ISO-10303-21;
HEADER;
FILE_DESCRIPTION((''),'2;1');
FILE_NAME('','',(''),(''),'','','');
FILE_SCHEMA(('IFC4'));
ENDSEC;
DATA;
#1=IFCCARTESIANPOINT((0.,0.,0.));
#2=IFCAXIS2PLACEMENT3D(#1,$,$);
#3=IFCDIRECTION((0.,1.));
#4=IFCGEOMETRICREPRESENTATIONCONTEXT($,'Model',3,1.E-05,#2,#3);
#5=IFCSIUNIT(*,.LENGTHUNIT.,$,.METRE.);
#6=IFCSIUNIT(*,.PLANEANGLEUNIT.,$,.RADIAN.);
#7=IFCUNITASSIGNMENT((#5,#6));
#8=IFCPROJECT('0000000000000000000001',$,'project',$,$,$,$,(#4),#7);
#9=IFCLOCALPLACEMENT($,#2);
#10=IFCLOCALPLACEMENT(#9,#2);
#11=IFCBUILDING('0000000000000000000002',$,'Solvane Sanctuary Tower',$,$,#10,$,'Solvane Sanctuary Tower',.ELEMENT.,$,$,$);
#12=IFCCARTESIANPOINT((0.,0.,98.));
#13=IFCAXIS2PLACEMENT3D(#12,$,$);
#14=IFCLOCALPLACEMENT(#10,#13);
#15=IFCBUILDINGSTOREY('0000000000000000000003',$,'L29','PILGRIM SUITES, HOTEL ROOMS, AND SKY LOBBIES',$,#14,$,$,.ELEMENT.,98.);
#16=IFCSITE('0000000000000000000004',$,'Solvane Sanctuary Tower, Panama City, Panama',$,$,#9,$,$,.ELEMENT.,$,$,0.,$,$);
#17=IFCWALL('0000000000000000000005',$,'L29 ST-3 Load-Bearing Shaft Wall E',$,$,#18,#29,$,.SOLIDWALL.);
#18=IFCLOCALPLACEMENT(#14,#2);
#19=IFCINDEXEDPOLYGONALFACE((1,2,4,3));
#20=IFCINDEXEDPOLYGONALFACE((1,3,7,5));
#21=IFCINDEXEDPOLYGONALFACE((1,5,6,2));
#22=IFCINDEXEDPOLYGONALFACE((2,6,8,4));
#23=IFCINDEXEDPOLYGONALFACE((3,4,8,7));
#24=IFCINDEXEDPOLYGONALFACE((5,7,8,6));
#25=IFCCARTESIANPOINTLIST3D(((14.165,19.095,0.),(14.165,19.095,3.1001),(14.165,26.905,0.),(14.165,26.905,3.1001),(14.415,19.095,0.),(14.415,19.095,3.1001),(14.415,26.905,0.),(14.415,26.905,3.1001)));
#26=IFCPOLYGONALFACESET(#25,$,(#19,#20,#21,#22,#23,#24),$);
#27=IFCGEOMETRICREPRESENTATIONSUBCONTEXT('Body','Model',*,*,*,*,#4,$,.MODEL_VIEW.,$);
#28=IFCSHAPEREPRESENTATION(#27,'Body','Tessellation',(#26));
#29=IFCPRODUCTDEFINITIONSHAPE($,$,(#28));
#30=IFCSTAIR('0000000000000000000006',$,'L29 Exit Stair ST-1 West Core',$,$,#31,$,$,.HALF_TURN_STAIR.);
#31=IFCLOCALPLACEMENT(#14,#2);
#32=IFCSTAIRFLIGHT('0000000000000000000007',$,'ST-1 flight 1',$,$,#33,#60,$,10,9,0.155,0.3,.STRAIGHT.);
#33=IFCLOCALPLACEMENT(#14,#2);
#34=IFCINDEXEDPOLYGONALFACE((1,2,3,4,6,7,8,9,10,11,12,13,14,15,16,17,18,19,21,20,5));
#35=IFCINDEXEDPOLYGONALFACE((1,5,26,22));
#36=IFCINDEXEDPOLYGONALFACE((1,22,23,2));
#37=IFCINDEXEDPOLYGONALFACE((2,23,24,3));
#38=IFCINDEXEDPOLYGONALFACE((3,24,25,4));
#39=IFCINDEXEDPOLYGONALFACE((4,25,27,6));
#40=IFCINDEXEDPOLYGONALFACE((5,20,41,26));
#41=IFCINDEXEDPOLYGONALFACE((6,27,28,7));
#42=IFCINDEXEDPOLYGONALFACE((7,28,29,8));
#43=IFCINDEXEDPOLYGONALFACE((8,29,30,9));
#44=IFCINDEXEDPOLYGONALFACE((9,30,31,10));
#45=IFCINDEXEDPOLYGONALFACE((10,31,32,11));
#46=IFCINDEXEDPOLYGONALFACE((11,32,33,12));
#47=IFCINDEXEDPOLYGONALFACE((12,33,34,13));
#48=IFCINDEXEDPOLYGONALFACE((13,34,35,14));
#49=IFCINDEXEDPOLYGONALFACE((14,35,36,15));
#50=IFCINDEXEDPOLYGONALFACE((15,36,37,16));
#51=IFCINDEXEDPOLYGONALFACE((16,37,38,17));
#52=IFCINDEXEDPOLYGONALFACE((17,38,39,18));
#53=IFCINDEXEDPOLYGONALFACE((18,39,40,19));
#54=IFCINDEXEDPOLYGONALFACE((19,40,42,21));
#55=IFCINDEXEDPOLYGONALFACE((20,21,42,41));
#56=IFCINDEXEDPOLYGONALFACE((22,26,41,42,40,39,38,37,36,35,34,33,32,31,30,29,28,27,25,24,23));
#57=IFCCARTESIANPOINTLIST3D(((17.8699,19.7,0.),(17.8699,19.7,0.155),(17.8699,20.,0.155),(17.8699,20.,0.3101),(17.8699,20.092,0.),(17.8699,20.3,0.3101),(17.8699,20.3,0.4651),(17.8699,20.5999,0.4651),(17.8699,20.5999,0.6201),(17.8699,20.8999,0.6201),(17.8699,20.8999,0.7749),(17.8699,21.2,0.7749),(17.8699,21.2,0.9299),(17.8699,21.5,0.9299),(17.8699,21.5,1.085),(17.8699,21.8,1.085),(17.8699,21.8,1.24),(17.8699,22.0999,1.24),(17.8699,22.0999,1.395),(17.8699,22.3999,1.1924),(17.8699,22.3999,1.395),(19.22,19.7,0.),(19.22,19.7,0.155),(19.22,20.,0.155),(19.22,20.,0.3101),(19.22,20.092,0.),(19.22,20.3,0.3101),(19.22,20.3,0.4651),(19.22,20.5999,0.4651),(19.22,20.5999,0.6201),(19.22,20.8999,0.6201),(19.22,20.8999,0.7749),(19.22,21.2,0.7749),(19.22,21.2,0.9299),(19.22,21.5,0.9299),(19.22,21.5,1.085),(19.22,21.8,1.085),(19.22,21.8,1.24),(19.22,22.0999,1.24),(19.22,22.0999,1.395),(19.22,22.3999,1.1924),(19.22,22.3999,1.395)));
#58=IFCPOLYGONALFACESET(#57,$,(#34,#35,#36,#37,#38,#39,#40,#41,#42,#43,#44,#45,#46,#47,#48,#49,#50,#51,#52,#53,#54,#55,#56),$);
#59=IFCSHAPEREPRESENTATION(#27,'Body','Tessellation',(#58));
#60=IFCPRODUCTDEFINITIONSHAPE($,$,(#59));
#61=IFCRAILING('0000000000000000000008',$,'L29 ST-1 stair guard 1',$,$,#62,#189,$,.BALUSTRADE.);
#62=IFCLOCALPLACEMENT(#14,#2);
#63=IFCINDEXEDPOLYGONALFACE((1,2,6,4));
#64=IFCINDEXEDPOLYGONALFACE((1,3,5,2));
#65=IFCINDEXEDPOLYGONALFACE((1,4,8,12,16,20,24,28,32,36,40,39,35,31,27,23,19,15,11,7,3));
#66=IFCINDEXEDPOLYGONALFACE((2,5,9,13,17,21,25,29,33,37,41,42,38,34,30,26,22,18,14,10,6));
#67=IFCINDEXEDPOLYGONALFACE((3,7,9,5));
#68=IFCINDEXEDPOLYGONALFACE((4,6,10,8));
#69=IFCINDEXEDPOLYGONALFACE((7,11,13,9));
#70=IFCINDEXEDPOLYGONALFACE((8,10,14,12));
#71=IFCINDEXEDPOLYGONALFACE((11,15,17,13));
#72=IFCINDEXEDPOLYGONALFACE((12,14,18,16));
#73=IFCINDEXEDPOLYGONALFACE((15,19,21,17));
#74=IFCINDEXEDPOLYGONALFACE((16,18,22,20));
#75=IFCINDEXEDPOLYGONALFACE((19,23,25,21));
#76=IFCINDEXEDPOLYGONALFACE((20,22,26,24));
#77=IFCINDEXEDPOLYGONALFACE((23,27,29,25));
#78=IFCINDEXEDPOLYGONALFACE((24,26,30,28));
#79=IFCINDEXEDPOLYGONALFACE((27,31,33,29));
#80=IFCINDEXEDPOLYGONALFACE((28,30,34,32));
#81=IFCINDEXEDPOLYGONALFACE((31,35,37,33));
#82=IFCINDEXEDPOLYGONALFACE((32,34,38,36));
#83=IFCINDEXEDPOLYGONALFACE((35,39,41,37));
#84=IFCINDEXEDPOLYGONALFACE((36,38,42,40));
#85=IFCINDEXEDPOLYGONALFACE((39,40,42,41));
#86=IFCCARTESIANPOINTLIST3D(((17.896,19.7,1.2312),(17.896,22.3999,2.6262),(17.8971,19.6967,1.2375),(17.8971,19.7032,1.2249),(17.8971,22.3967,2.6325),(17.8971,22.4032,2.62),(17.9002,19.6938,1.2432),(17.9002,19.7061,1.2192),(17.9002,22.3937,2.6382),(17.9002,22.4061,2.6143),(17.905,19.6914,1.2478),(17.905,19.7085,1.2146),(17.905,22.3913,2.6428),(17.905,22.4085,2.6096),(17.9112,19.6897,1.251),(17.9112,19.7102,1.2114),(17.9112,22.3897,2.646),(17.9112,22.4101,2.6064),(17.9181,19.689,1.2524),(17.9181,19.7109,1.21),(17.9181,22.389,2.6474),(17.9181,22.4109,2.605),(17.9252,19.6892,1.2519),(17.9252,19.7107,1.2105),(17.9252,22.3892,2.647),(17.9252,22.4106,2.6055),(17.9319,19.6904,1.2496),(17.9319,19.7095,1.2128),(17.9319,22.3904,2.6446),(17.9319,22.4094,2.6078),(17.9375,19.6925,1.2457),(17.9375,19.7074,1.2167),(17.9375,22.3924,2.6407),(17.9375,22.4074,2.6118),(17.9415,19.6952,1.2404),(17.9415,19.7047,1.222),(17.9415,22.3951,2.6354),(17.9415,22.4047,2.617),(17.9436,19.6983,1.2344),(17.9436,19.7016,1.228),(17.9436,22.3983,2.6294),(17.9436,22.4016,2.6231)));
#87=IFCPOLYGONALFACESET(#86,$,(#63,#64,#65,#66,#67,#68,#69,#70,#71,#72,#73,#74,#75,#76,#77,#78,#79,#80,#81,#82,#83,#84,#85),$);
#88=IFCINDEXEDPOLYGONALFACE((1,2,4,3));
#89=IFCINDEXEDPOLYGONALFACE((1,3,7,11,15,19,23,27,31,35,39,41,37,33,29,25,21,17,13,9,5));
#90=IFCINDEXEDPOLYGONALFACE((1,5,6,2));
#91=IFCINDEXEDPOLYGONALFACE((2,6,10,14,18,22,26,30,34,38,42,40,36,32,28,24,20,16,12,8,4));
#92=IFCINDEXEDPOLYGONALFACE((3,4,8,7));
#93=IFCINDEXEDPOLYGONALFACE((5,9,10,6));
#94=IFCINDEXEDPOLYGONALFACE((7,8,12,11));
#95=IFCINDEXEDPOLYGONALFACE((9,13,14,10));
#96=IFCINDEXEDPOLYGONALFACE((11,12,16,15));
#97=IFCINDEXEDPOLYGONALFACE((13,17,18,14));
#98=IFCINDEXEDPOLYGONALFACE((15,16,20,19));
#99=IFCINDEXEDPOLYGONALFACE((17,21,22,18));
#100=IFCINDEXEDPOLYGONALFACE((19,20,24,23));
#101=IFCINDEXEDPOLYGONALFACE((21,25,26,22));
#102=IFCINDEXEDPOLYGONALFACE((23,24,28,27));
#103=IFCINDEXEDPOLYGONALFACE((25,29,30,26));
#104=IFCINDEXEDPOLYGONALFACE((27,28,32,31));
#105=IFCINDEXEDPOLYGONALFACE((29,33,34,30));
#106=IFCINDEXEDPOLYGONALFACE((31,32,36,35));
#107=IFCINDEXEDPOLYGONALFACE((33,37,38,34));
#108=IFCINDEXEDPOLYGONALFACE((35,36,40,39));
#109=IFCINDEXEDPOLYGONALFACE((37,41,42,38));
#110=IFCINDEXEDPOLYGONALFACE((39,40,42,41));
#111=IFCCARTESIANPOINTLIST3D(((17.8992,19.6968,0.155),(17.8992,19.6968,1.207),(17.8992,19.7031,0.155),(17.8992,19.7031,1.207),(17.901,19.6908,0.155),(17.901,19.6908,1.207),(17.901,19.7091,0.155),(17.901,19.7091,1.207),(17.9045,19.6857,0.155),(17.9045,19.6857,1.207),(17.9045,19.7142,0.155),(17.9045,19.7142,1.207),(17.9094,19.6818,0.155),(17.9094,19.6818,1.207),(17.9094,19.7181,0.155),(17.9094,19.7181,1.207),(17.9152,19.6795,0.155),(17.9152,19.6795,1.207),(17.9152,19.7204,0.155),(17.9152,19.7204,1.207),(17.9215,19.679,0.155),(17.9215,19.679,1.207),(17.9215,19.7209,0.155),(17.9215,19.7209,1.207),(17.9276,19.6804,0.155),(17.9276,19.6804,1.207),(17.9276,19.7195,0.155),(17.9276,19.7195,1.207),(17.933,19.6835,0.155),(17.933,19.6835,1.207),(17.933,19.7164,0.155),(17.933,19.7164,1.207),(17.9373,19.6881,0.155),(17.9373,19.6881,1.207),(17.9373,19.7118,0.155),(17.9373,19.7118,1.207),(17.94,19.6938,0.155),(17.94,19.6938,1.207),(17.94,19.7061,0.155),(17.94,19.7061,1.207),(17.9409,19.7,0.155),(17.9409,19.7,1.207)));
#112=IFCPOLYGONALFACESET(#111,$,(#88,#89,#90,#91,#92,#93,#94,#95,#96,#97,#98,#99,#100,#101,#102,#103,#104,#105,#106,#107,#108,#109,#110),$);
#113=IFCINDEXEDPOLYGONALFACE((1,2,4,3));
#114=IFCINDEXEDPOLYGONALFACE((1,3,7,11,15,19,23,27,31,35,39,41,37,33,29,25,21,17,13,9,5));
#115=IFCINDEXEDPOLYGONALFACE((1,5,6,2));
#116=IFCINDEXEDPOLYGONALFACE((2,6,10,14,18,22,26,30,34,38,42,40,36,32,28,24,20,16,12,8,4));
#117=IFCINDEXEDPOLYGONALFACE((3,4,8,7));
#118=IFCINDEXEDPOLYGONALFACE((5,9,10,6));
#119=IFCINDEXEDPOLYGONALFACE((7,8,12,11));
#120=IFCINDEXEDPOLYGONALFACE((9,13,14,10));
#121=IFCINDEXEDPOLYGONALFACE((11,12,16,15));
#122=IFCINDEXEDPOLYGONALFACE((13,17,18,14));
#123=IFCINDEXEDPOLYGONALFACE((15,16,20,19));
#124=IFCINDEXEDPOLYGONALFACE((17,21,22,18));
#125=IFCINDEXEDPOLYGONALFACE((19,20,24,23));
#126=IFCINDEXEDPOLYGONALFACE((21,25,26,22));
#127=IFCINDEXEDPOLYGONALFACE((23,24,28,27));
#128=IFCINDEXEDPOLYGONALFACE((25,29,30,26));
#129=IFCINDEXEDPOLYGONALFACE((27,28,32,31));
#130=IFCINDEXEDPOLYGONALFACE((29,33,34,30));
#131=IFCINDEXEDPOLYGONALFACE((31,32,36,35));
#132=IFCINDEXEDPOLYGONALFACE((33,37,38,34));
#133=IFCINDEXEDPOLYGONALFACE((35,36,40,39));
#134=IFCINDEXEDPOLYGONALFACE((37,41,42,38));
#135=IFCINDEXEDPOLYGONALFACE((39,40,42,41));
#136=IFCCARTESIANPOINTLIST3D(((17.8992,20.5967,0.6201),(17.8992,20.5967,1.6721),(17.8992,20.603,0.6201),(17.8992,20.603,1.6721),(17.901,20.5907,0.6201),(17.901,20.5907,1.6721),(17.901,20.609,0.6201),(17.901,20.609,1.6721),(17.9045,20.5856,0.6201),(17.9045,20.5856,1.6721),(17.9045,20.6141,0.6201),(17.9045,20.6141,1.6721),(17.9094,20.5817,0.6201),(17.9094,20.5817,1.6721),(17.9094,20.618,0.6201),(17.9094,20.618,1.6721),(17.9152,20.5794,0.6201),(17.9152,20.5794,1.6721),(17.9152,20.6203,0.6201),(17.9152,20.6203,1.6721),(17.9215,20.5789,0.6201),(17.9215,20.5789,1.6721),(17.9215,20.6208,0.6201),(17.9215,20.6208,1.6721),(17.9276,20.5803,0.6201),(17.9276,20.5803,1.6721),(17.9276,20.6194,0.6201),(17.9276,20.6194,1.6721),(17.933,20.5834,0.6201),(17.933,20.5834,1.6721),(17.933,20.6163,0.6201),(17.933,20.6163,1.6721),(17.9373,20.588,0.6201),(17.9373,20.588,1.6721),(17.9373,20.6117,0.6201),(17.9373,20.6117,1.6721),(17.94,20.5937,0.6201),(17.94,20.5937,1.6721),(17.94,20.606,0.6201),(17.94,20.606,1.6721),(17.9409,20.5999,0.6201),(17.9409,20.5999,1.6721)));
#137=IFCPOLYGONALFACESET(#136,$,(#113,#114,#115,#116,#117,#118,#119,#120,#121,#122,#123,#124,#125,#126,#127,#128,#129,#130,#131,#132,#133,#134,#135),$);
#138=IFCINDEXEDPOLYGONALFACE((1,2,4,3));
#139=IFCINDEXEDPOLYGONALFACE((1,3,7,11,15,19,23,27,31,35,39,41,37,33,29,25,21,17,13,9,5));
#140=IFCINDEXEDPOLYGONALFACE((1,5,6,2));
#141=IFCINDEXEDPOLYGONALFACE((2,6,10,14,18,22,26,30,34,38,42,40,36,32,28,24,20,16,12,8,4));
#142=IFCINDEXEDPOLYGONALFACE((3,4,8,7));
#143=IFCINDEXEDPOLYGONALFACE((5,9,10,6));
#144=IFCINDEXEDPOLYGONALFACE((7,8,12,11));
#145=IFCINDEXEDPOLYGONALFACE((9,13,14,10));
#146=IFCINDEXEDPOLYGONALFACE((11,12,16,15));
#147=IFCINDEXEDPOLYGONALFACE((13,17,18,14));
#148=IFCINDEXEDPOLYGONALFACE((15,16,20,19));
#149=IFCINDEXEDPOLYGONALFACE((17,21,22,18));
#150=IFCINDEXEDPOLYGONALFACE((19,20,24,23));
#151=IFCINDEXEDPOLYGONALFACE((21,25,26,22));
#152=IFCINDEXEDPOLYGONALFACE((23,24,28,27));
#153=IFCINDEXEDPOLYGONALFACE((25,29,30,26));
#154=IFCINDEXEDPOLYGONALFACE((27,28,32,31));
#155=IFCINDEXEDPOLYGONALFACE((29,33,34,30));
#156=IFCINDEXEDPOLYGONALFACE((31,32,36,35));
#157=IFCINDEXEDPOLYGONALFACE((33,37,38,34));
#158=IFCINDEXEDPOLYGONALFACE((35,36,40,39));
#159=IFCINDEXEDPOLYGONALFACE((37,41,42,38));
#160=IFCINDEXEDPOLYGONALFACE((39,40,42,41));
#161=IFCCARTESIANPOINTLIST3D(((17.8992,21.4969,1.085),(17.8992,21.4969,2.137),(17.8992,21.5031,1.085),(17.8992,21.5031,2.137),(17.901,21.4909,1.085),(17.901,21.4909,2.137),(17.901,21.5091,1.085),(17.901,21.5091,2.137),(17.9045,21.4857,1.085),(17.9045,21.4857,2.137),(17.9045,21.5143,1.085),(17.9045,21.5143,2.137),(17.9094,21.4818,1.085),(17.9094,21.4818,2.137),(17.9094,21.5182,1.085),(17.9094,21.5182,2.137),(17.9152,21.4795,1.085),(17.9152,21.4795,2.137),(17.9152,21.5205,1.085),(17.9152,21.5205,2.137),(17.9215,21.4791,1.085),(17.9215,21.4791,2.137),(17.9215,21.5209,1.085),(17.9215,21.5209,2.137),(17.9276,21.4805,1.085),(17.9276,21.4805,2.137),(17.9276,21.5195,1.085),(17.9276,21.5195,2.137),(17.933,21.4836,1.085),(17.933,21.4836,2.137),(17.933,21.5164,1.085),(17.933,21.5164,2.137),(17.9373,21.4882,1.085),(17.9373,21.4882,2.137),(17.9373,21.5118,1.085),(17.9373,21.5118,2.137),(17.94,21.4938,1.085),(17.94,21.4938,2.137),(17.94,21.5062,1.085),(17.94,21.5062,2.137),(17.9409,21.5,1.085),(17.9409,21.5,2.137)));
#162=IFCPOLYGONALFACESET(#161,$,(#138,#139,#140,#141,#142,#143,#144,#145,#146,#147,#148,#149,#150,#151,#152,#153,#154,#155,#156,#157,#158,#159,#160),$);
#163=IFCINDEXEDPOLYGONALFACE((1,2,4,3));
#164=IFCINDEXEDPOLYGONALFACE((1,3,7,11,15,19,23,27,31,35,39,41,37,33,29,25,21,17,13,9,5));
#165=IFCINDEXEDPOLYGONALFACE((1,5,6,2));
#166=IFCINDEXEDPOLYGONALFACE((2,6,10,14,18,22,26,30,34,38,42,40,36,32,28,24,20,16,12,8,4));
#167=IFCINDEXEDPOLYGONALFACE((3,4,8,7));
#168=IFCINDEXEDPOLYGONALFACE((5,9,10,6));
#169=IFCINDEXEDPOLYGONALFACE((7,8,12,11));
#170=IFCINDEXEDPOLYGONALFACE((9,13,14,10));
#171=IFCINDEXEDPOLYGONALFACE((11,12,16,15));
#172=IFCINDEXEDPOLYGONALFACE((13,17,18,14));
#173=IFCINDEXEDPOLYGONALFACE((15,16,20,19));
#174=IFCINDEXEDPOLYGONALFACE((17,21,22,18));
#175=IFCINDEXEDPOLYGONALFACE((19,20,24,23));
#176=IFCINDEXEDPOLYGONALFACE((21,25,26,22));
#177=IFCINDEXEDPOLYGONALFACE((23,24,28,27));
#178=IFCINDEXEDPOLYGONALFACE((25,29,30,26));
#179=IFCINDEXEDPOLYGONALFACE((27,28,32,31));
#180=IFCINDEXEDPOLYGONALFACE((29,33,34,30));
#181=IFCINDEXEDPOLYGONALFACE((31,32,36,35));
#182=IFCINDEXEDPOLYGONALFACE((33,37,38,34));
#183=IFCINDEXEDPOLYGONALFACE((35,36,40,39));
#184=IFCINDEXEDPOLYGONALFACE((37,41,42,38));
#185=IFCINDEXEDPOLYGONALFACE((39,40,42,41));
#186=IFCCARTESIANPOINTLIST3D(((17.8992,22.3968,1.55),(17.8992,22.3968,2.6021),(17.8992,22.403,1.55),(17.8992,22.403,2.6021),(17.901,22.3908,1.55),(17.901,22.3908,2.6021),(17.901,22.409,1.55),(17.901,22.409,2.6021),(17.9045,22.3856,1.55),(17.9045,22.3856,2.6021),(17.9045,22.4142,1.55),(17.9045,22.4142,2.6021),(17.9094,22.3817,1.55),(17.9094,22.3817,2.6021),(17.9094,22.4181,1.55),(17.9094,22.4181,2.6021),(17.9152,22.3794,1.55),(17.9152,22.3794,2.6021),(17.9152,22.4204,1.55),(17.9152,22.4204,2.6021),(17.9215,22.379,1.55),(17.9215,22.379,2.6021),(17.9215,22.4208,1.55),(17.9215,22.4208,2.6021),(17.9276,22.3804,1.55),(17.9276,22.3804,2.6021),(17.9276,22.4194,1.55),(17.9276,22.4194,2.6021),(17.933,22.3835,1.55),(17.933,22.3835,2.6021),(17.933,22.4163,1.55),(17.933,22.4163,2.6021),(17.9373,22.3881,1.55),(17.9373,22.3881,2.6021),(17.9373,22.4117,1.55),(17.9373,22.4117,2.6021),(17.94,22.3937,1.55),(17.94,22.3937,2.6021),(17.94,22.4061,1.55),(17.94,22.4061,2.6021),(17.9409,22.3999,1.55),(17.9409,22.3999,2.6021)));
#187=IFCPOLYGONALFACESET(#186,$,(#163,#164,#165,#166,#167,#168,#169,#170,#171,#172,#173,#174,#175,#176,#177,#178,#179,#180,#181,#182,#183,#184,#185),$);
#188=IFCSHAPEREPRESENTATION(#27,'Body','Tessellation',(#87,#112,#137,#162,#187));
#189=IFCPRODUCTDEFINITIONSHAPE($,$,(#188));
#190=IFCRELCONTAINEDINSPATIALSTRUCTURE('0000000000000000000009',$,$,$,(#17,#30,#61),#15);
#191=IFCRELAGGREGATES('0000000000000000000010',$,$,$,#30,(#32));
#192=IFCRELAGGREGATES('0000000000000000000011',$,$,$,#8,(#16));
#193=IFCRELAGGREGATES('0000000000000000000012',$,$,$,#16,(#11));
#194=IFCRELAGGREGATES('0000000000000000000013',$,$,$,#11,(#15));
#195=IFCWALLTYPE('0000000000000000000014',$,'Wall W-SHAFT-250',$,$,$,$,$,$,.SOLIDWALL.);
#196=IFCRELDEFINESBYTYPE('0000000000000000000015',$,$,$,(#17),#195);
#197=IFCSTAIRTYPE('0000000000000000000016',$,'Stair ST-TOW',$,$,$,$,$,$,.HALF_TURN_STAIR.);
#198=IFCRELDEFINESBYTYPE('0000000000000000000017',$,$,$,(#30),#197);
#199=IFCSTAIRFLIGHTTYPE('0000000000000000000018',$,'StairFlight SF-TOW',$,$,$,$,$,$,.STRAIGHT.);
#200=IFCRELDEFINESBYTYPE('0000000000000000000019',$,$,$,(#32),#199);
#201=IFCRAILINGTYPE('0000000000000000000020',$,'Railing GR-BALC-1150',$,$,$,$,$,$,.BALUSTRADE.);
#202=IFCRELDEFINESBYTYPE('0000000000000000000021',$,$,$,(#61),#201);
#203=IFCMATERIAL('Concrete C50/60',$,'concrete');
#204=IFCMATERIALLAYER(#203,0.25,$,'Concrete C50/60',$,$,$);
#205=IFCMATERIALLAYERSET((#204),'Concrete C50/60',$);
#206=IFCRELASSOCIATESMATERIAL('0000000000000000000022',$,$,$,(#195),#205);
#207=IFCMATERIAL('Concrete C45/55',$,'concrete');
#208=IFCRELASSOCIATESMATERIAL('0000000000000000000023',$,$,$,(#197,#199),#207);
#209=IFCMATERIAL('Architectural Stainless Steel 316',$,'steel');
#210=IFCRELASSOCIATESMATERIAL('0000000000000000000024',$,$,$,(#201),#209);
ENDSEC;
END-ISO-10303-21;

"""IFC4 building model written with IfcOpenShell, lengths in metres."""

from ifc_helpers import new_model, si_unit, direction, frame, frame_2d, origin, origin_2d, place, context, subcontext, project, spatial, polyline, rectangle, circle, outline, extrude, material, layer, layer_set, type_object, element, aggregate, save


model = new_model("IFC4")

# Units and contexts
model_context = context("Model", 3, precision=1e-05, world=origin(), true_north=direction((0.0, 1.0)))
body_context = subcontext(model_context, "Body", "Model", "MODEL_VIEW")
ifc_project = project(units=[si_unit("LENGTHUNIT", "METRE"), si_unit("PLANEANGLEUNIT", "RADIAN")], contexts=[model_context])

# Site, building, storey
site_placement = place(None, origin())
site = spatial("IfcSite", under=ifc_project, at=site_placement, Name="Solvane Sanctuary Tower, Panama City, Panama", CompositionType="ELEMENT", RefElevation=0.0)
building_placement = place(site_placement, origin())
building = spatial("IfcBuilding", under=site, at=building_placement, Name="Solvane Sanctuary Tower", LongName="Solvane Sanctuary Tower", CompositionType="ELEMENT")
storey_placement = place(building_placement, frame((0.0, 0.0, 98.0)))
storey = spatial("IfcBuildingStorey", under=building, at=storey_placement, Name="L29", Description="PILGRIM SUITES, HOTEL ROOMS, AND SKY LOBBIES", CompositionType="ELEMENT", Elevation=98.0)

# Shared definitions
ifc_material_1 = material(Name="Concrete C50/60", Category="concrete")
ifc_layer_1 = layer(ifc_material_1, 0.25, Name="Concrete C50/60")
ifc_layer_set_1 = layer_set([ifc_layer_1], Name="Concrete C50/60")
wall_type_1 = type_object("IfcWallType", Name="Wall W-SHAFT-250", PredefinedType="SOLIDWALL", material=ifc_layer_set_1)
ifc_material_2 = material(Name="Architectural Stainless Steel 316", Category="steel")

# Wall
for number, where, z_axis, x_axis, name in (
    (1, (14.29, 19.095, 0.0), (0.0, 0.0, 1.0), (0.0, 1.0, 0.0), "L29 ST-3 Load-Bearing Shaft Wall E"),
):
    element("IfcWall", number, at=place(storey_placement, frame(where, z_axis=z_axis, x_axis=x_axis)), inside=storey, type_object=wall_type_1, Name=name, PredefinedType="SOLIDWALL", context=body_context, shape_type="SweptSolid", body=[
        extrude(rectangle(XDim=7.8101, YDim=0.25, at=frame_2d((3.905, 0.0))), origin(), (0.0, 0.0, 1.0), 3.1001),
    ])

# Stair, stair flight
ifc_material_3 = material(Name="Concrete C45/55", Category="concrete")
stair_type = type_object("IfcStairType", Name="Stair ST-TOW", PredefinedType="HALF_TURN_STAIR", material=ifc_material_3)
stair_placement = place(storey_placement, origin())
stair = element("IfcStair", 2, at=stair_placement, inside=storey, type_object=stair_type, Name="L29 Exit Stair ST-1 West Core", PredefinedType="HALF_TURN_STAIR")
stair_flight_type = type_object("IfcStairFlightType", Name="StairFlight SF-TOW", PredefinedType="STRAIGHT", material=ifc_material_3)
stair_flight_placement = place(storey_placement, frame((18.5449, 19.7, 0.0), z_axis=(0.0, 0.0, 1.0), x_axis=(0.0, 1.0, 0.0)))
stair_flight = element("IfcStairFlight", 3, at=stair_flight_placement, type_object=stair_flight_type, Name="ST-1 flight 1", NumberOfRisers=10, NumberOfTreads=9, PredefinedType="STRAIGHT", RiserHeight=0.155, TreadLength=0.3, context=body_context, shape_type="SweptSolid", body=[
    extrude(outline(polyline([(0.0, 0.0), (0.0, 0.155), (0.3, 0.155), (0.3, 0.3101), (0.6001, 0.3101), (0.6001, 0.4651), (0.8999, 0.4651), (0.8999, 0.6201), (1.2, 0.6201), (1.2, 0.7749), (1.5, 0.7749), (1.5, 0.9299), (1.8, 0.9299), (1.8, 1.085), (2.1001, 1.085), (2.1001, 1.24), (2.3999, 1.24), (2.3999, 1.395), (2.7, 1.395), (2.7, 1.55), (2.7, 1.1924), (0.3921, 0.0), (0.0, 0.0)])), frame((0.0, 0.675, 0.0), z_axis=(0.0, -1.0, 0.0), x_axis=(1.0, 0.0, 0.0)), (0.0, 0.0, 1.0), 1.3501),
])
aggregate(stair, [stair_flight])

# Railing
railing_type_1 = type_object("IfcRailingType", Name="Railing GR-BALC-1150", PredefinedType="BALUSTRADE", material=ifc_material_2)
railing_1_placement = place(storey_placement, frame((17.9199, 19.7, 0.155)))
element("IfcRailing", 4, at=railing_1_placement, inside=storey, type_object=railing_type_1, Name="L29 ST-1 stair guard 1", PredefinedType="BALUSTRADE", context=body_context, shape_type="SweptSolid", body=[
    extrude(circle(Radius=0.0239, at=origin_2d()), frame((0.0, 0.0, 1.0762), z_axis=(0.0, 0.88842, 0.459032), x_axis=(-1.0, 0.0, 0.0)), (0.0, 0.0, 1.0), 3.0391),
    extrude(circle(Radius=0.021, at=origin_2d()), origin(), (0.0, 0.0, 1.0), 1.052),
    extrude(circle(Radius=0.021, at=origin_2d()), frame((0.0, 0.8999, 0.4651)), (0.0, 0.0, 1.0), 1.052),
    extrude(circle(Radius=0.021, at=origin_2d()), frame((0.0, 1.8, 0.9299)), (0.0, 0.0, 1.0), 1.052),
    extrude(circle(Radius=0.021, at=origin_2d()), frame((0.0, 2.7, 1.395)), (0.0, 0.0, 1.0), 1.052),
])

save(model, "model.ifc")
